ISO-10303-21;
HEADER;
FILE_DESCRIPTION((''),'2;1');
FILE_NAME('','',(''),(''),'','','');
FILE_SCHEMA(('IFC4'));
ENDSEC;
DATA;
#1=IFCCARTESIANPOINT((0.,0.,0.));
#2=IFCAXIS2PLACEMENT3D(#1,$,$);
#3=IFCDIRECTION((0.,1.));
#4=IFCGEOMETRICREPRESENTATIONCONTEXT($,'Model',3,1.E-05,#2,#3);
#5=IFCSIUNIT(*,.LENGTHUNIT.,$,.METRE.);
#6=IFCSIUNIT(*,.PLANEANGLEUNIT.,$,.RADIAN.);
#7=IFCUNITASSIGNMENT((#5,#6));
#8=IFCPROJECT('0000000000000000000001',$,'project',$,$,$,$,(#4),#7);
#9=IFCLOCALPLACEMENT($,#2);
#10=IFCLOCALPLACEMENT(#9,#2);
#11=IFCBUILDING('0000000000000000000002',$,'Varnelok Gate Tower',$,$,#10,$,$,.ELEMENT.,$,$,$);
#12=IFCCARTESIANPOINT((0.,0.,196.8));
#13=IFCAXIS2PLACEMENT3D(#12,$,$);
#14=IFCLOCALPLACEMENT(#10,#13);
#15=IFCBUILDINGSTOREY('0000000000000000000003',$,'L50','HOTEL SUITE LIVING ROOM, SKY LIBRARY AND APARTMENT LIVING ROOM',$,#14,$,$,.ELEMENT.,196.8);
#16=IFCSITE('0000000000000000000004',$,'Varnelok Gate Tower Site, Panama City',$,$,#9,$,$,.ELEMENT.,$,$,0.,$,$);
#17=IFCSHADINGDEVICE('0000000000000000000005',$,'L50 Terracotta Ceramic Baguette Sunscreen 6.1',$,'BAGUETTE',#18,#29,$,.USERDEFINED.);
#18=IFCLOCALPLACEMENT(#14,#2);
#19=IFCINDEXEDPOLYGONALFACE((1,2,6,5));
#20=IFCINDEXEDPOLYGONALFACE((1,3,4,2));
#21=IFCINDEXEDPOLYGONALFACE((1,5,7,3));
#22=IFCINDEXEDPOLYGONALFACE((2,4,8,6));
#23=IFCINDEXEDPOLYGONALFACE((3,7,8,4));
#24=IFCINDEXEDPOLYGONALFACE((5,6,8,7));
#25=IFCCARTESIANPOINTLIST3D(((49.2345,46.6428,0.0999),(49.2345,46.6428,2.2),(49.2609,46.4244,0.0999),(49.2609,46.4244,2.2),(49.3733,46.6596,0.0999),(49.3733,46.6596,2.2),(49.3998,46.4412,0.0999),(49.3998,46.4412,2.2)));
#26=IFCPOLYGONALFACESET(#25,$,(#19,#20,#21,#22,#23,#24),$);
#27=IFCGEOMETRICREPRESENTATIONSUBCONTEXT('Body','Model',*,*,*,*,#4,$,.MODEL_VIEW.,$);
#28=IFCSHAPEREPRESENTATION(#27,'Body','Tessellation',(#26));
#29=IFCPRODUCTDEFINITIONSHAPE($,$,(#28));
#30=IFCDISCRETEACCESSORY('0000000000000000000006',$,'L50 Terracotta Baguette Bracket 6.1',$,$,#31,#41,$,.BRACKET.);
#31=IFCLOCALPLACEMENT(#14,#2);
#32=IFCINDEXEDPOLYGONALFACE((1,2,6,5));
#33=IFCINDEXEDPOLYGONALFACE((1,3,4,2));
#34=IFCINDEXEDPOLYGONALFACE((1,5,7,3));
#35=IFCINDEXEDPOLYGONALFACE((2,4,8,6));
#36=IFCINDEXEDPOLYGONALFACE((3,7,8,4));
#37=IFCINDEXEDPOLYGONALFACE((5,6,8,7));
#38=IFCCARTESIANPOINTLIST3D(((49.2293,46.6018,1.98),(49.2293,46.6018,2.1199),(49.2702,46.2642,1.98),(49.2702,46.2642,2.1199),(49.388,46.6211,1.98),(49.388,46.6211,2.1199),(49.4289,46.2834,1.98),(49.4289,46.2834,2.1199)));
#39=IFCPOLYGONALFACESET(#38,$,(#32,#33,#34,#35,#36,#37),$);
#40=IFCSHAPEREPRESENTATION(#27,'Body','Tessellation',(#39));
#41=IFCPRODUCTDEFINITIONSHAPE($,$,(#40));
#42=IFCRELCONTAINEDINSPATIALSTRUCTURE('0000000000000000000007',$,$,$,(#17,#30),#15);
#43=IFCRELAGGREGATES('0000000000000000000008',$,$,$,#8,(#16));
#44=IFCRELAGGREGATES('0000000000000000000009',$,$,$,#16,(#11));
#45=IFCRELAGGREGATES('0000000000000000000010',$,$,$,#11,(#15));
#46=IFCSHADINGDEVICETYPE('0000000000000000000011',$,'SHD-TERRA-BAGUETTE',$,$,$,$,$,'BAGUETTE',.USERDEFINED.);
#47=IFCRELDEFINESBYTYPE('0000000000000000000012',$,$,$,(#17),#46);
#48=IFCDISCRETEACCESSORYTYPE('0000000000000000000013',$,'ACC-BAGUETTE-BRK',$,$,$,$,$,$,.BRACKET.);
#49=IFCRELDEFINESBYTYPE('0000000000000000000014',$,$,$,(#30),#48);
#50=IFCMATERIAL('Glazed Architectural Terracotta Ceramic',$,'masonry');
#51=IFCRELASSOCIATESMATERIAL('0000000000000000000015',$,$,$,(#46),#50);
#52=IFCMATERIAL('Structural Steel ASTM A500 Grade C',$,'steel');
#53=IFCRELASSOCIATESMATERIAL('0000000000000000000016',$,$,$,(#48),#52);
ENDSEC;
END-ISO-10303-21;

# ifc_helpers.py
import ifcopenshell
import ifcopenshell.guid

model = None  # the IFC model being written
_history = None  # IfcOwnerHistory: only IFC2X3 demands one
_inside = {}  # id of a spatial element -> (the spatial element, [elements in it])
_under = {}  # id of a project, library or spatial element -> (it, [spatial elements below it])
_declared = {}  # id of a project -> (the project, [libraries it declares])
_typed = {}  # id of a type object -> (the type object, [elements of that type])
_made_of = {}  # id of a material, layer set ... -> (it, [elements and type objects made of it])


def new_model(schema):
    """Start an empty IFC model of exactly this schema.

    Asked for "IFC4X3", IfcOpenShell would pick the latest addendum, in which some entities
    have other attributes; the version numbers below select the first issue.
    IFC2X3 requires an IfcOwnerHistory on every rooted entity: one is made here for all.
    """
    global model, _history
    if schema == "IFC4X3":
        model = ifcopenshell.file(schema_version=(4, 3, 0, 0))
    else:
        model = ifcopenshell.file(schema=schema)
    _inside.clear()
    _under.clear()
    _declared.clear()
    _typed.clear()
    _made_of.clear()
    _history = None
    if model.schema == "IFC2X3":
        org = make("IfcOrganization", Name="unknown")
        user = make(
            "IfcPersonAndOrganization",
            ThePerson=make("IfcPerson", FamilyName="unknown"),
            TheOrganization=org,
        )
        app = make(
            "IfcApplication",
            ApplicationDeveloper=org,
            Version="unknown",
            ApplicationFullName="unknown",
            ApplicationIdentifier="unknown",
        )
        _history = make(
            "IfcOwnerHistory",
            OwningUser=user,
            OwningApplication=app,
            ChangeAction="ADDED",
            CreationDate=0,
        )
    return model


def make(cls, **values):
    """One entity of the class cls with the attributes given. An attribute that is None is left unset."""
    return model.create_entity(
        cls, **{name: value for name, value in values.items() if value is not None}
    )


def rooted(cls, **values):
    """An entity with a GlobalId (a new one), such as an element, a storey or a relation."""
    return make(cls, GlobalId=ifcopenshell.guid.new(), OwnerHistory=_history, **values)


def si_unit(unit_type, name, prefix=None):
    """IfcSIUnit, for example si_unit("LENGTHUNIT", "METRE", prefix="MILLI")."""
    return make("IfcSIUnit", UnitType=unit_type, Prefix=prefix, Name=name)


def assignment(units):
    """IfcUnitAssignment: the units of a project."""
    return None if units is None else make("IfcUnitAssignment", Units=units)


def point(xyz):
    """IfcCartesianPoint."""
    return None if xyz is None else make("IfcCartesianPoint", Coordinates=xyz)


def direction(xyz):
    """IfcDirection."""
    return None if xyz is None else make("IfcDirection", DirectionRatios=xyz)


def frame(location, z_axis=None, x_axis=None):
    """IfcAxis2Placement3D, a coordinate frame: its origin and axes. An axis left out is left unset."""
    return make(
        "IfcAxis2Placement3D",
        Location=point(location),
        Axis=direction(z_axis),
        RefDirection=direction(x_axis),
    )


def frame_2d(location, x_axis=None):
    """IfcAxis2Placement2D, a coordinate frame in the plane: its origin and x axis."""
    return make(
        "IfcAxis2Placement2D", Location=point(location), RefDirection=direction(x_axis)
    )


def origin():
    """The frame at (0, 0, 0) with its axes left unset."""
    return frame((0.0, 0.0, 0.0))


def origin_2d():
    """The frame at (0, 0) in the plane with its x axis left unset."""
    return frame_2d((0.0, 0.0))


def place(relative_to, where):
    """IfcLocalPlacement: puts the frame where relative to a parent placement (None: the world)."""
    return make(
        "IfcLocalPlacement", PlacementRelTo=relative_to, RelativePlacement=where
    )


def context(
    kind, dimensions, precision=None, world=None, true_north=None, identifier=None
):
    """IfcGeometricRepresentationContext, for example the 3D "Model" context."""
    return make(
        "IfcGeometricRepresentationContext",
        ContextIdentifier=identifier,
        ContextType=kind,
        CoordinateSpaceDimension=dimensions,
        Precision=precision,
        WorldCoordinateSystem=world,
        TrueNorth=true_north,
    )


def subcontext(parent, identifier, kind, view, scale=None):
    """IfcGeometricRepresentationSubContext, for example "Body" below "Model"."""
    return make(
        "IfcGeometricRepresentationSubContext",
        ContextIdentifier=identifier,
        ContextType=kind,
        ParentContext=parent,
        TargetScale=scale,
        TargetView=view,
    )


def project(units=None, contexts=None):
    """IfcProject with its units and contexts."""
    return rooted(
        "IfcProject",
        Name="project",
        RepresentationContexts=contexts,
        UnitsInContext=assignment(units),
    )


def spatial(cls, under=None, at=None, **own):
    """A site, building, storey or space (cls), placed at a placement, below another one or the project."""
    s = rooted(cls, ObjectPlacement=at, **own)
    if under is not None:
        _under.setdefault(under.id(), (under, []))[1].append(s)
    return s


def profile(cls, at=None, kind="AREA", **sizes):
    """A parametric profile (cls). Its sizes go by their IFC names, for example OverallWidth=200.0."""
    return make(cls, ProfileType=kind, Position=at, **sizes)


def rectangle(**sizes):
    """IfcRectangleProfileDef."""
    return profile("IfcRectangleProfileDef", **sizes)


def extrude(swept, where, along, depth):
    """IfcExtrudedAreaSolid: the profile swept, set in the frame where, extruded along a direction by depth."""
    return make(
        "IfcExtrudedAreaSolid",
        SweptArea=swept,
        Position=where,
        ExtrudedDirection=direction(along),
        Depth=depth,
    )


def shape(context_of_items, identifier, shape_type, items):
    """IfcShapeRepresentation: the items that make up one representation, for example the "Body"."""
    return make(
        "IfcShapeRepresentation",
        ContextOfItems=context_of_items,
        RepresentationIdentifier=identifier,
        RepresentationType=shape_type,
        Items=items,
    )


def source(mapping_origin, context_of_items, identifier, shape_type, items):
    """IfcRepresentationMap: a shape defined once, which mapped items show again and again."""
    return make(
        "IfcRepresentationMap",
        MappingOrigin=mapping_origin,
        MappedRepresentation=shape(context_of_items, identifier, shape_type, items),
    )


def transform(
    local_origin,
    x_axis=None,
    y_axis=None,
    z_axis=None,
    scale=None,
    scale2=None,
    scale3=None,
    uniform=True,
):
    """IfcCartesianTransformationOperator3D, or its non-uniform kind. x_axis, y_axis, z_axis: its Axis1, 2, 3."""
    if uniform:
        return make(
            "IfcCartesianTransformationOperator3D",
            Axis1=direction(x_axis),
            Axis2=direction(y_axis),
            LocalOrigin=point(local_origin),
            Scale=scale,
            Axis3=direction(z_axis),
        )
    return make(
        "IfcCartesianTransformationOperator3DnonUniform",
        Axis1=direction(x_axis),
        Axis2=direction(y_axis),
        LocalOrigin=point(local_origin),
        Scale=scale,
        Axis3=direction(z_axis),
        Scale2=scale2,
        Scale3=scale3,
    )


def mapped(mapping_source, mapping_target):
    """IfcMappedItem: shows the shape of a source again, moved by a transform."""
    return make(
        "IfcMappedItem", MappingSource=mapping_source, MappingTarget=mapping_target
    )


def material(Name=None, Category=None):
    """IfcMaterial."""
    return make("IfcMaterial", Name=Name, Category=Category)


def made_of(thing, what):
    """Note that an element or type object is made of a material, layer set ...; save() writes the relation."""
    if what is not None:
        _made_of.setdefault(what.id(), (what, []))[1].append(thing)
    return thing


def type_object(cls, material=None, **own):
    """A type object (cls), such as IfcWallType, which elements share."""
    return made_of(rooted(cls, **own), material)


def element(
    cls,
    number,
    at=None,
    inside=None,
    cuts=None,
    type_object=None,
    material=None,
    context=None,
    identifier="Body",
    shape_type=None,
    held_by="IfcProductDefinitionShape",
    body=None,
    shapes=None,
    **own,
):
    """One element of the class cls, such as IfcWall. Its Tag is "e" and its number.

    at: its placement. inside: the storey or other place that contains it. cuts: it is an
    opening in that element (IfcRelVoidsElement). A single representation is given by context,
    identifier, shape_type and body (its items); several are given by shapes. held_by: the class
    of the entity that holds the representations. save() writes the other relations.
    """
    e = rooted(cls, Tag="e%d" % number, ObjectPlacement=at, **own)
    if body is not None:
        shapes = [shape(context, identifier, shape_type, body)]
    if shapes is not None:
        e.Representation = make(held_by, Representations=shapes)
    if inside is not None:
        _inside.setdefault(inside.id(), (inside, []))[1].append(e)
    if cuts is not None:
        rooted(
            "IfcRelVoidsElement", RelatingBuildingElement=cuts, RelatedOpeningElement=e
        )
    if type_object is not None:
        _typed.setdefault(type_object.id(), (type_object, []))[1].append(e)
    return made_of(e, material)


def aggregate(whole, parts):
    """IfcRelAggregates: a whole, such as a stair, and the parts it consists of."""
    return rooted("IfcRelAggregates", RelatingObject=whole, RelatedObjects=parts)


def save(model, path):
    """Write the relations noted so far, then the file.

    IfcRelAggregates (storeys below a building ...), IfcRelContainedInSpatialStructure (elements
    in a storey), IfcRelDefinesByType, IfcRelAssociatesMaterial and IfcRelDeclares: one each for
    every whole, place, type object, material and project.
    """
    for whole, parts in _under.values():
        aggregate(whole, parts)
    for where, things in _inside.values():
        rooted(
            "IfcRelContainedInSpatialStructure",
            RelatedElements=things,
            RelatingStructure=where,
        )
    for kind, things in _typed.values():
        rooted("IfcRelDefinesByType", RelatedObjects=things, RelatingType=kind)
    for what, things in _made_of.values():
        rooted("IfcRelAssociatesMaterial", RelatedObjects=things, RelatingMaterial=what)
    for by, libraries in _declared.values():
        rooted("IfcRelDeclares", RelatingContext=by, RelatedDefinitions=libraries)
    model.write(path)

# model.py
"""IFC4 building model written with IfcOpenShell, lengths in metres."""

from ifc_helpers import new_model, si_unit, direction, frame, origin, origin_2d, place, context, subcontext, project, spatial, rectangle, extrude, source, transform, mapped, material, type_object, element, save


model = new_model("IFC4")

# Units and contexts
model_context = context("Model", 3, precision=1e-05, world=origin(), true_north=direction((0.0, 1.0)))
body_context = subcontext(model_context, "Body", "Model", "MODEL_VIEW")
ifc_project = project(units=[si_unit("LENGTHUNIT", "METRE"), si_unit("PLANEANGLEUNIT", "RADIAN")], contexts=[model_context])

# Site, building, storey
site_placement = place(None, origin())
site = spatial("IfcSite", under=ifc_project, at=site_placement, Name="Varnelok Gate Tower Site, Panama City", CompositionType="ELEMENT", RefElevation=0.0)
building_placement = place(site_placement, origin())
building = spatial("IfcBuilding", under=site, at=building_placement, Name="Varnelok Gate Tower", CompositionType="ELEMENT")
storey_placement = place(building_placement, frame((0.0, 0.0, 196.8)))
storey = spatial("IfcBuildingStorey", under=building, at=storey_placement, Name="L50", Description="HOTEL SUITE LIVING ROOM, SKY LIBRARY AND APARTMENT LIVING ROOM", CompositionType="ELEMENT", Elevation=196.8)

# Shading device
ifc_material_1 = material(Name="Glazed Architectural Terracotta Ceramic", Category="masonry")
shading_device_type = type_object("IfcShadingDeviceType", Name="SHD-TERRA-BAGUETTE", ElementType="BAGUETTE", PredefinedType="USERDEFINED", material=ifc_material_1)
shared_shape_1 = source(origin(), body_context, "Body", "SweptSolid", [
    extrude(rectangle(XDim=0.1399, YDim=0.22, at=origin_2d()), origin(), (0.0, 0.0, 1.0), 2.1001),
])
shading_device_placement = place(storey_placement, frame((49.3171, 46.542, 0.0999), z_axis=(0.0, 0.0, 1.0), x_axis=(0.992732, 0.120345, 0.0)))
element("IfcShadingDevice", 1, at=shading_device_placement, inside=storey, type_object=shading_device_type, Name="L50 Terracotta Ceramic Baguette Sunscreen 6.1", ObjectType="BAGUETTE", PredefinedType="USERDEFINED", context=body_context, shape_type="MappedRepresentation", body=[
    mapped(shared_shape_1, transform((0.0, 0.0, 0.0), scale=1.0)),
])

# Discrete accessory
ifc_material_2 = material(Name="Structural Steel ASTM A500 Grade C", Category="steel")
discrete_accessory_type = type_object("IfcDiscreteAccessoryType", Name="ACC-BAGUETTE-BRK", PredefinedType="BRACKET", material=ifc_material_2)
shared_shape_2 = source(origin(), body_context, "Body", "SweptSolid", [
    extrude(rectangle(XDim=0.1599, YDim=0.3401, at=origin_2d()), origin(), (0.0, 0.0, 1.0), 0.1399),
])
discrete_accessory_placement = place(storey_placement, frame((49.3291, 46.4426, 1.98), z_axis=(0.0, 0.0, 1.0), x_axis=(0.992732, 0.120345, 0.0)))
element("IfcDiscreteAccessory", 2, at=discrete_accessory_placement, inside=storey, type_object=discrete_accessory_type, Name="L50 Terracotta Baguette Bracket 6.1", PredefinedType="BRACKET", context=body_context, shape_type="MappedRepresentation", body=[
    mapped(shared_shape_2, transform((0.0, 0.0, 0.0), scale=1.0)),
])

save(model, "model.ifc")
